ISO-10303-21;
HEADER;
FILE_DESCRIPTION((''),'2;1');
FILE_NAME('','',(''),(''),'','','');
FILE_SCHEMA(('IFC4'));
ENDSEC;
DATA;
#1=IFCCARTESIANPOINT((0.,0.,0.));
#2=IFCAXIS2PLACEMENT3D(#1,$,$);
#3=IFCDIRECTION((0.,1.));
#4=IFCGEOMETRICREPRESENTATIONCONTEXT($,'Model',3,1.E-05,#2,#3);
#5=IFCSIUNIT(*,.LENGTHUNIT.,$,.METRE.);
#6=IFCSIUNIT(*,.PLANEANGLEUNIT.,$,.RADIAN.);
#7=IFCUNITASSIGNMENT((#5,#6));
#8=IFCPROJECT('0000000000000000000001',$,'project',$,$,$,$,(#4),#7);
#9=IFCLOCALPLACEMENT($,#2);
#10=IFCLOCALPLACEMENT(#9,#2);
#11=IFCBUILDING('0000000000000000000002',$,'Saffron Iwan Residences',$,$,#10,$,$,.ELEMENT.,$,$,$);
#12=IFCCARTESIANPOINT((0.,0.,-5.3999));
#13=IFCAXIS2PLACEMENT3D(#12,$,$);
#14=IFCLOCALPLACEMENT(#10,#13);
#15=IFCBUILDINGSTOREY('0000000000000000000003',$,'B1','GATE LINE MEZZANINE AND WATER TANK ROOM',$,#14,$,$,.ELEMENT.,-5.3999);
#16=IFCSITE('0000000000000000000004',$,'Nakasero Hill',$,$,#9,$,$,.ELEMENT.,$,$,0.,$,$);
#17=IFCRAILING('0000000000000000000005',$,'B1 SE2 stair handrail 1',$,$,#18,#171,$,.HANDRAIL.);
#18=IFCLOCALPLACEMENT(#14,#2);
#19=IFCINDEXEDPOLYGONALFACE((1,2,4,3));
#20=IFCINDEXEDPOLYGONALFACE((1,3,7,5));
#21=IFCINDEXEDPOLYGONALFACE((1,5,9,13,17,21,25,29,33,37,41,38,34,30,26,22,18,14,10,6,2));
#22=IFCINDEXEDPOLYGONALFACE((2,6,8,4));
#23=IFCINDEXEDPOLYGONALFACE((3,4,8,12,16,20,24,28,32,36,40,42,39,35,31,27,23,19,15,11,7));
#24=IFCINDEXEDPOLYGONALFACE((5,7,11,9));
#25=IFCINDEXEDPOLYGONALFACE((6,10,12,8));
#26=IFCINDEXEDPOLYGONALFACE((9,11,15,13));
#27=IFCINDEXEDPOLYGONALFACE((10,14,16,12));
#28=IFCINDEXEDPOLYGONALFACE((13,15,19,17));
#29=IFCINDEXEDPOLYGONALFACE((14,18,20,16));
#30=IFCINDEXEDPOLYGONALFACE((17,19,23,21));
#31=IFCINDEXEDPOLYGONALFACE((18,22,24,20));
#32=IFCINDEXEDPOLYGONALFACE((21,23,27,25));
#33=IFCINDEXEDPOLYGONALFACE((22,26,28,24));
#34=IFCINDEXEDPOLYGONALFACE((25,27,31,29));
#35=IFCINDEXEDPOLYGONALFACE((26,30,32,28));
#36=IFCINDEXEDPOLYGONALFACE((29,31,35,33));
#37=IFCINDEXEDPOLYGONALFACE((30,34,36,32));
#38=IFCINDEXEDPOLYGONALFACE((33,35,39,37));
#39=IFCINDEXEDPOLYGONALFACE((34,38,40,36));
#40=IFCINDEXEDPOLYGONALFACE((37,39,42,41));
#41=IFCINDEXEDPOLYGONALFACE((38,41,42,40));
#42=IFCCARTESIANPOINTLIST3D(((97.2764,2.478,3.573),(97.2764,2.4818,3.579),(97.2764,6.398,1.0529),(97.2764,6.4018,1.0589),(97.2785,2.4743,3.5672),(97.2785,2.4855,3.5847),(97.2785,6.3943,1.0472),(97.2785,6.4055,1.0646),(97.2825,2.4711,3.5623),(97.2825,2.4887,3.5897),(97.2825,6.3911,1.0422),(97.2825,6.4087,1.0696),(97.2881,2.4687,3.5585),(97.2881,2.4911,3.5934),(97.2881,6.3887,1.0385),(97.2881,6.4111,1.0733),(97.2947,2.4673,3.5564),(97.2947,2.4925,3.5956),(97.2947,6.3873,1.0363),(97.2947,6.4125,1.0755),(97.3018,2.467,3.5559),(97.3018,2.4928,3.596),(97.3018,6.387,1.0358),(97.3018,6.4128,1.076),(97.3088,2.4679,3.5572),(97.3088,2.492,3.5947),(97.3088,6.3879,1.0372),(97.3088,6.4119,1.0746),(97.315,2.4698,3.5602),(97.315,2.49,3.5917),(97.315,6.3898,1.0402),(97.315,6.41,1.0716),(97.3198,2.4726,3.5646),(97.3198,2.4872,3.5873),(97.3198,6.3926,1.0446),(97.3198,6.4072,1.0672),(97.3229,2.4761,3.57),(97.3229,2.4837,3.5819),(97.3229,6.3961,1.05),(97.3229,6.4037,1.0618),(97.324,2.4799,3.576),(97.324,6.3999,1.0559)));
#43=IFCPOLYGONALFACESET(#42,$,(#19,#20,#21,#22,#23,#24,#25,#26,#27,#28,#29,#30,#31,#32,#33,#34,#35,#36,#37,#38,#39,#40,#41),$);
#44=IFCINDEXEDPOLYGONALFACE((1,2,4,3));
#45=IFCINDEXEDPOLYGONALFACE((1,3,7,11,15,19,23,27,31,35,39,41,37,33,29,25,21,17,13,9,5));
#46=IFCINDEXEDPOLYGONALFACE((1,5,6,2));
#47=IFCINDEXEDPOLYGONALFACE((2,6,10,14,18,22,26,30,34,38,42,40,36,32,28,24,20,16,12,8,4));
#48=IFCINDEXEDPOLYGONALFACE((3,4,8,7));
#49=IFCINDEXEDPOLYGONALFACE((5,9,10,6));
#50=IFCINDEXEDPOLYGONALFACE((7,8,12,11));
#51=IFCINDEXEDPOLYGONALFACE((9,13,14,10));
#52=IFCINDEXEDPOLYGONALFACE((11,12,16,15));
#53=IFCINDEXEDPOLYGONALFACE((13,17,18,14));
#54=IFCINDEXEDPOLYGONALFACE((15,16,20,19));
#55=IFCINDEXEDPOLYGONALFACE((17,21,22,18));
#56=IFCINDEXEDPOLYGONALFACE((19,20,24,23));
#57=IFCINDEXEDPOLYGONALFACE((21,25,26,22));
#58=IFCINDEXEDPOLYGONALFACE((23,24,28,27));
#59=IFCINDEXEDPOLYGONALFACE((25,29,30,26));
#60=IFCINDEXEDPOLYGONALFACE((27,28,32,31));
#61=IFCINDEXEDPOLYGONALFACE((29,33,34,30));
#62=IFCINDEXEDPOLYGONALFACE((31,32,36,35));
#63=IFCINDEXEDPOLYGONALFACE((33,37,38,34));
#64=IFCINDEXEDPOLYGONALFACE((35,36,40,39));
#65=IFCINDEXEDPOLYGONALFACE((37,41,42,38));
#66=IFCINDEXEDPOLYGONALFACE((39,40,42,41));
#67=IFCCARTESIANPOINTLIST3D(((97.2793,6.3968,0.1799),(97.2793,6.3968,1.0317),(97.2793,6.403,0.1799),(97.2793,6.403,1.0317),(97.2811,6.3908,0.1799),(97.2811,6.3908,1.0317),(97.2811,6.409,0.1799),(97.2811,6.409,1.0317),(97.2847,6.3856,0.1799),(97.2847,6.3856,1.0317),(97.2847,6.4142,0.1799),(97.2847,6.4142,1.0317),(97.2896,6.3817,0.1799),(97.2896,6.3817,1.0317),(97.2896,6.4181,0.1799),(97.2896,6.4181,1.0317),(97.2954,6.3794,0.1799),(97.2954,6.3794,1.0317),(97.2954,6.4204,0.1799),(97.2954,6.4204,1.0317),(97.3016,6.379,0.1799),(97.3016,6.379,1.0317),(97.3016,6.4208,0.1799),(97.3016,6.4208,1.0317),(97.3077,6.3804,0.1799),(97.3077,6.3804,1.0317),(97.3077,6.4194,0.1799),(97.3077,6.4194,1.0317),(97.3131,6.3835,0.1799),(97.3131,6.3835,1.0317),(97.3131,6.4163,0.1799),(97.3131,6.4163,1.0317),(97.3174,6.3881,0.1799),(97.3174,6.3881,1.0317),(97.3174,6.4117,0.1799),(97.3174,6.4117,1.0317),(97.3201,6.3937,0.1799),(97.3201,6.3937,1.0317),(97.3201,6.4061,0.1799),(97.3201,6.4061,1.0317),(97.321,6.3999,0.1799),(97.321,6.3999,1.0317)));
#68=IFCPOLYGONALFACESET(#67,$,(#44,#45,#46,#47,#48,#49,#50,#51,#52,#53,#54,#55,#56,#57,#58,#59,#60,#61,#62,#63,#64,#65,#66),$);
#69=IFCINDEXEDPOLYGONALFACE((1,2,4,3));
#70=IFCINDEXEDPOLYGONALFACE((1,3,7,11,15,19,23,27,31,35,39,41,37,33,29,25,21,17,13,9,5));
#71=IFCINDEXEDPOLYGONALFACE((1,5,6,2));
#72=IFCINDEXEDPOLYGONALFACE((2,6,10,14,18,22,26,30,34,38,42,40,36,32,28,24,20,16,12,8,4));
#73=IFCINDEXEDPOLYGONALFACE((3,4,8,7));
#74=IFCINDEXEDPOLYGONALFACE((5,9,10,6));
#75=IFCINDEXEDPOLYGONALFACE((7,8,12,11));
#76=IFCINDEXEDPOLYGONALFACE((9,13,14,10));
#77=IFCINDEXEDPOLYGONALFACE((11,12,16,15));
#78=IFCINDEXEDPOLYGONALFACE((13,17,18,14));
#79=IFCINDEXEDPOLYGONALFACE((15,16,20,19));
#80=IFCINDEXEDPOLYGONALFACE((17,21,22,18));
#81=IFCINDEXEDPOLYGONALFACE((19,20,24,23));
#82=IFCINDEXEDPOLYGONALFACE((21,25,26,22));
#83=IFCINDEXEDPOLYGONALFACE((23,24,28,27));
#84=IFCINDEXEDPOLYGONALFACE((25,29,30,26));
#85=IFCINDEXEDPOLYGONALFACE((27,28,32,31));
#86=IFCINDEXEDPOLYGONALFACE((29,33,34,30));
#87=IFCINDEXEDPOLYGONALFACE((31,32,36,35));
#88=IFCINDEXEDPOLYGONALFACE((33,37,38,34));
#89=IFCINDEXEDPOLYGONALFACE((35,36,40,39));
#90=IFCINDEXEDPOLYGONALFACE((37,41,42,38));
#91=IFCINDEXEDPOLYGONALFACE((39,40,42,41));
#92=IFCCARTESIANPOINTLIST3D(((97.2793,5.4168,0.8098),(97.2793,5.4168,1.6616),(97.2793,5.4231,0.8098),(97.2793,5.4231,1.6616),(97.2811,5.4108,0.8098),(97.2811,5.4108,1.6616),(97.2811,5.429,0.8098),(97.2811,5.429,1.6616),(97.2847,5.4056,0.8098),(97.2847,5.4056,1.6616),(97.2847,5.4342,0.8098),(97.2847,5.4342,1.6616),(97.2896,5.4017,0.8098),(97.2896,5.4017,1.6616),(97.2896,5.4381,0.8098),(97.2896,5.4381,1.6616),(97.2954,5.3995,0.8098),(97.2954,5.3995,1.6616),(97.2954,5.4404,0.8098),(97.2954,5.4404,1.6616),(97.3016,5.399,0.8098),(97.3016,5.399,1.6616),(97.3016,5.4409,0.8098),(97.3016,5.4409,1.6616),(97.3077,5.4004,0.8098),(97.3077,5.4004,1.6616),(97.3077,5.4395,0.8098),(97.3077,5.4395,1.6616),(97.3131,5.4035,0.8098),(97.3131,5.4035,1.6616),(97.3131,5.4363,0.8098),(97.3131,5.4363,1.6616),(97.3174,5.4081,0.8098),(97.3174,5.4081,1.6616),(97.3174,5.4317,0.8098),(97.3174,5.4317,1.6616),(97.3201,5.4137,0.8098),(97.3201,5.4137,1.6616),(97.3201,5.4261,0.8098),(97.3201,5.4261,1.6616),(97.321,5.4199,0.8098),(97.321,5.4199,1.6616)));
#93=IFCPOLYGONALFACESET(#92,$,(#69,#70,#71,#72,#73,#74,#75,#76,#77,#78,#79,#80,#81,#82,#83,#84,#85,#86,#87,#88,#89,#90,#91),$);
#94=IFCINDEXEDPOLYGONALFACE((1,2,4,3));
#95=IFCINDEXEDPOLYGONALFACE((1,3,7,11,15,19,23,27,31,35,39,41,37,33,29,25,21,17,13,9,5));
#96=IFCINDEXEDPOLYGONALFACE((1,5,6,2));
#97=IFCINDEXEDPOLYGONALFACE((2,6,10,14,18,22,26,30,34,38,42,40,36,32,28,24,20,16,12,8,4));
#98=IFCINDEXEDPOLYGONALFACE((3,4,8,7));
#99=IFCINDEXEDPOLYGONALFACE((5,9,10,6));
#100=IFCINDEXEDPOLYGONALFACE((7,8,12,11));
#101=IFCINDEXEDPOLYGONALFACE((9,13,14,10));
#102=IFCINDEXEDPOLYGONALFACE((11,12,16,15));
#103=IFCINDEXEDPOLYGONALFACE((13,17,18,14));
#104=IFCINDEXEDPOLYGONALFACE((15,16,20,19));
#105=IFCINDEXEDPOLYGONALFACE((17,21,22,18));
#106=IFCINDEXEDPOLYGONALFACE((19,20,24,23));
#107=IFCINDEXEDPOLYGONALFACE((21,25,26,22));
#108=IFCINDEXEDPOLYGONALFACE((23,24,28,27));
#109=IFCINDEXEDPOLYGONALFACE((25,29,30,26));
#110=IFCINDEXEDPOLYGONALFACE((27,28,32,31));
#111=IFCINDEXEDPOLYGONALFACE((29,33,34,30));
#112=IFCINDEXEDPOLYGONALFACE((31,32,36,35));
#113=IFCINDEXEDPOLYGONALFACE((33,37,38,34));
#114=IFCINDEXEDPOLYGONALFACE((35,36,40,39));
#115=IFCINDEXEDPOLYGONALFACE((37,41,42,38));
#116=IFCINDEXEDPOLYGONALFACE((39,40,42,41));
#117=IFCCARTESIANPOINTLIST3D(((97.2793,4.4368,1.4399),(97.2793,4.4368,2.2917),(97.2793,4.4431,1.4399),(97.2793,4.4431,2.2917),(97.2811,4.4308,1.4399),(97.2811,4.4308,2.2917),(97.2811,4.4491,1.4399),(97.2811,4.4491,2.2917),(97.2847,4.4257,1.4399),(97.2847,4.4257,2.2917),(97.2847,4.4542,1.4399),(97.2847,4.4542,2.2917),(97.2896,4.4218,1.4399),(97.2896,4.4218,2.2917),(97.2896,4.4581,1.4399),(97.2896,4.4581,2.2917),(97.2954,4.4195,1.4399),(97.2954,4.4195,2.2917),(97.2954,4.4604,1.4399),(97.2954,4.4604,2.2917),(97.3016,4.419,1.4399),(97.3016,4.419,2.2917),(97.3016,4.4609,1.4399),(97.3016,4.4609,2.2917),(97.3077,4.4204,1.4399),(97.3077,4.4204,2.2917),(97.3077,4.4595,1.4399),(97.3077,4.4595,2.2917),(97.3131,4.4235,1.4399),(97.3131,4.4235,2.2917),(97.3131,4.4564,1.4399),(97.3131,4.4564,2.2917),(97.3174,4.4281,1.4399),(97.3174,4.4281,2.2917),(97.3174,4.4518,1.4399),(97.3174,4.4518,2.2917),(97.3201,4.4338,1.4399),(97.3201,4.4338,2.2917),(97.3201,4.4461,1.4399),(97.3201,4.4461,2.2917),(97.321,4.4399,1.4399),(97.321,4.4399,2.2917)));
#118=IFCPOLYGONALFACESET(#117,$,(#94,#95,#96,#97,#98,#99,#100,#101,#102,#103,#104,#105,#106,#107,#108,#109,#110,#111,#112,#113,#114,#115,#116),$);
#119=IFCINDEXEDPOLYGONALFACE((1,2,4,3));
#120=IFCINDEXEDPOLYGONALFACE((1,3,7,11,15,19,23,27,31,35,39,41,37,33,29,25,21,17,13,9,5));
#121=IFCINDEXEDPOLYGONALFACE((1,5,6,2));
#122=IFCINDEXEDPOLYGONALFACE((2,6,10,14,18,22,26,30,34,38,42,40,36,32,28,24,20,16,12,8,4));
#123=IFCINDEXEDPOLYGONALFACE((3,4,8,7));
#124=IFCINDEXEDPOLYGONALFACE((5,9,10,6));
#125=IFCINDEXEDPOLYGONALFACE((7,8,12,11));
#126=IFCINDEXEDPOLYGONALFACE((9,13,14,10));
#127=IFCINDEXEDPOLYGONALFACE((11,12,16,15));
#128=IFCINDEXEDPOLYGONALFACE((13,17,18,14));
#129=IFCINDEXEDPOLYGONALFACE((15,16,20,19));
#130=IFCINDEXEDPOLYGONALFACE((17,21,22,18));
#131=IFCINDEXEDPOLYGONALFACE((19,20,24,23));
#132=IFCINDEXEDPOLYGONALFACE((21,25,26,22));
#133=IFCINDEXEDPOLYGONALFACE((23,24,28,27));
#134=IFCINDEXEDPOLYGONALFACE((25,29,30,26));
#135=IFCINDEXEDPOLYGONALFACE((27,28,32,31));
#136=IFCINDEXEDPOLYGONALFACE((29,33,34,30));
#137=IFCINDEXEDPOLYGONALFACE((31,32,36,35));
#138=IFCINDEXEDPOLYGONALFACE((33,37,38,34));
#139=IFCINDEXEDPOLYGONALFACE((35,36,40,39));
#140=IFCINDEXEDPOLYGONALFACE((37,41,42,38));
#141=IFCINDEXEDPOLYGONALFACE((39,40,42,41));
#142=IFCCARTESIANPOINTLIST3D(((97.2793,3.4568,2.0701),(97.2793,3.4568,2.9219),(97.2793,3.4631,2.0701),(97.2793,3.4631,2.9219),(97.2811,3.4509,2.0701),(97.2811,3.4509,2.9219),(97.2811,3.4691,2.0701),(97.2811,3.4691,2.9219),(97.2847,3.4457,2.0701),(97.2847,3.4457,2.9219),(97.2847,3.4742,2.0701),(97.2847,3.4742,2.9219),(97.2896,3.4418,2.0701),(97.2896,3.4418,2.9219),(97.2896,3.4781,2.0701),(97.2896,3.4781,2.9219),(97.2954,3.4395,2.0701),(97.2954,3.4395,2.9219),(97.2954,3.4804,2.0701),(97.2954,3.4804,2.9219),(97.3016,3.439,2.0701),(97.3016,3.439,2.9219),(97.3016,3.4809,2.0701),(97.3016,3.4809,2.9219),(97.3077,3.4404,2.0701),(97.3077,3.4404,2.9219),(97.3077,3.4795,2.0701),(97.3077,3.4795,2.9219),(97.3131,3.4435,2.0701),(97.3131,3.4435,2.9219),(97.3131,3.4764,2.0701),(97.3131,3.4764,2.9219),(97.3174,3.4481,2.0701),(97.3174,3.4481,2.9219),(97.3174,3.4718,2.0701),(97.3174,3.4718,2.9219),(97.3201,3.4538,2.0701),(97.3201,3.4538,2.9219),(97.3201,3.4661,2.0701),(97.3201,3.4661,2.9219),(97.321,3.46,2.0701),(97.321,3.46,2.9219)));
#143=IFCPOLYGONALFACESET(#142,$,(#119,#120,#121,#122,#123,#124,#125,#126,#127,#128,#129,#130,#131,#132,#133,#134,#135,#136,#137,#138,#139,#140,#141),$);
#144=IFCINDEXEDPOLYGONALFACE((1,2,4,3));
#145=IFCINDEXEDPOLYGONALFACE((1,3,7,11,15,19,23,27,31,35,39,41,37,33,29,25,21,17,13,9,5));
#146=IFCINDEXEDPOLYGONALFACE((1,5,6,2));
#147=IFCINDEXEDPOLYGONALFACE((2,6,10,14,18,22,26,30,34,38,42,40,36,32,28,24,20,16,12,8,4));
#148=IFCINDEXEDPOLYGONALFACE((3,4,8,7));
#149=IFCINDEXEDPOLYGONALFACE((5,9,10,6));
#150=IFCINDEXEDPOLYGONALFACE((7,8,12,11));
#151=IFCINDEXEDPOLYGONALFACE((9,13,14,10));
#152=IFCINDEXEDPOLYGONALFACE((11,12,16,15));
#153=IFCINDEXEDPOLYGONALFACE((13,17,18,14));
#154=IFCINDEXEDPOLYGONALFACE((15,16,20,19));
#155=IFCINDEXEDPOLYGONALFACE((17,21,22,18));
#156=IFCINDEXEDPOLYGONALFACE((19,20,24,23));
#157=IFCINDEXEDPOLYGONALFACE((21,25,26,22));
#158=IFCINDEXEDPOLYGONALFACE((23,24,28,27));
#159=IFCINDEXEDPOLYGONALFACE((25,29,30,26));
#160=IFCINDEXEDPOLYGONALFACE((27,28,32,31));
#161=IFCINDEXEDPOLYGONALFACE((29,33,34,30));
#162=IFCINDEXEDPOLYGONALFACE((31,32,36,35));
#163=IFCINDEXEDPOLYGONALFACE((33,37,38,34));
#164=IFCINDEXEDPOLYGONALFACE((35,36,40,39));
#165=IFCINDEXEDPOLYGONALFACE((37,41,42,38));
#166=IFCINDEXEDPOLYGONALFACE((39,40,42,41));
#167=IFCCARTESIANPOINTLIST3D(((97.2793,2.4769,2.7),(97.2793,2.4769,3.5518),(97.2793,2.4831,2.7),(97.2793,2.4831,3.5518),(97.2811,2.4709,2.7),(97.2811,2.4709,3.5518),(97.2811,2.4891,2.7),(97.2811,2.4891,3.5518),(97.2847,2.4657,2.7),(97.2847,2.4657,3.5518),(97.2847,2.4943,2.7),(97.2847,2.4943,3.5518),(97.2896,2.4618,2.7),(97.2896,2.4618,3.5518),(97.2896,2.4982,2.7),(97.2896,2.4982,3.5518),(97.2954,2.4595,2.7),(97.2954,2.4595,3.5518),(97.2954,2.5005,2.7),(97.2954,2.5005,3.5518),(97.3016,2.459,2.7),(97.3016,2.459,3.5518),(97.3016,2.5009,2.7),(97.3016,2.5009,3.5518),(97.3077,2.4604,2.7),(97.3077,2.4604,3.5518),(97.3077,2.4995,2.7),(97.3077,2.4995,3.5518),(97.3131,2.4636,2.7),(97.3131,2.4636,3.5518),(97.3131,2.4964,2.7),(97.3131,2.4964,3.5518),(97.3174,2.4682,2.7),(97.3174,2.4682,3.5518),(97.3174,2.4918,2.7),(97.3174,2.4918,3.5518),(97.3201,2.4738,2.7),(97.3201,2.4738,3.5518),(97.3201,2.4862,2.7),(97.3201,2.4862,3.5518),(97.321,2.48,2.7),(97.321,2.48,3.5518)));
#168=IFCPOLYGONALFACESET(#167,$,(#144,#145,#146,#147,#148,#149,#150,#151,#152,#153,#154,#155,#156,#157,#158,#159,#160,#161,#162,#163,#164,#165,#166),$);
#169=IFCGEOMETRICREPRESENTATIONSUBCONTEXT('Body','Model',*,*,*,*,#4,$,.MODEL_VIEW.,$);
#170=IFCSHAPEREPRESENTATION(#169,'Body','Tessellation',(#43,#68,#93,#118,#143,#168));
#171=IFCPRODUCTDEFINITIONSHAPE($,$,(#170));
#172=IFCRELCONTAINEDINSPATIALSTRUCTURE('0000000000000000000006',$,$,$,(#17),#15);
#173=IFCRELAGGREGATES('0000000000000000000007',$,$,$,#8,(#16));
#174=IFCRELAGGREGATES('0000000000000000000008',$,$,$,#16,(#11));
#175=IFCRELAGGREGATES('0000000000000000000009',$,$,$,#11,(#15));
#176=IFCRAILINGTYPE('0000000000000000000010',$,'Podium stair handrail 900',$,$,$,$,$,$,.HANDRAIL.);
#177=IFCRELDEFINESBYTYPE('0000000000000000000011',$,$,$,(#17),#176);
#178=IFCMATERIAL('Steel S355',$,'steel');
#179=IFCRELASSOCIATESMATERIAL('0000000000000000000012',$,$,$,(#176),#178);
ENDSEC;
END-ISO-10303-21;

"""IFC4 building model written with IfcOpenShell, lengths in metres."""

from ifc_helpers import new_model, si_unit, direction, frame, origin, origin_2d, place, context, subcontext, project, spatial, circle, extrude, material, type_object, element, save


model = new_model("IFC4")

# Units and contexts
model_context = context("Model", 3, precision=1e-05, world=origin(), true_north=direction((0.0, 1.0)))
body_context = subcontext(model_context, "Body", "Model", "MODEL_VIEW")
ifc_project = project(units=[si_unit("LENGTHUNIT", "METRE"), si_unit("PLANEANGLEUNIT", "RADIAN")], contexts=[model_context])

# Site, building, storey
site_placement = place(None, origin())
site = spatial("IfcSite", under=ifc_project, at=site_placement, Name="Nakasero Hill", CompositionType="ELEMENT", RefElevation=0.0)
building_placement = place(site_placement, origin())
building = spatial("IfcBuilding", under=site, at=building_placement, Name="Saffron Iwan Residences", CompositionType="ELEMENT")
storey_placement = place(building_placement, frame((0.0, 0.0, -5.3999)))
storey = spatial("IfcBuildingStorey", under=building, at=storey_placement, Name="B1", Description="GATE LINE MEZZANINE AND WATER TANK ROOM", CompositionType="ELEMENT", Elevation=-5.3999)

# Railing
ifc_material_1 = material(Name="Steel S355", Category="steel")
railing_type_1 = type_object("IfcRailingType", Name="Podium stair handrail 900", PredefinedType="HANDRAIL", material=ifc_material_1)
railing_1_placement = place(storey_placement, frame((97.3, 6.3999, 0.1799)))
element("IfcRailing", 1, at=railing_1_placement, inside=storey, type_object=railing_type_1, Name="B1 SE2 stair handrail 1", PredefinedType="HANDRAIL", context=body_context, shape_type="SweptSolid", body=[
    extrude(circle(Radius=0.0239, at=origin_2d()), frame((0.0, 0.0, 0.876), z_axis=(0.0, -0.841172, 0.540768), x_axis=(1.0, 0.0, 0.0)), (0.0, 0.0, 1.0), 4.6602),
    extrude(circle(Radius=0.021, at=origin_2d()), origin(), (0.0, 0.0, 1.0), 0.8518),
    extrude(circle(Radius=0.021, at=origin_2d()), frame((0.0, -0.98, 0.6299)), (0.0, 0.0, 1.0), 0.8518),
    extrude(circle(Radius=0.021, at=origin_2d()), frame((0.0, -1.96, 1.26)), (0.0, 0.0, 1.0), 0.8518),
    extrude(circle(Radius=0.021, at=origin_2d()), frame((0.0, -2.9399, 1.8901)), (0.0, 0.0, 1.0), 0.8518),
    extrude(circle(Radius=0.021, at=origin_2d()), frame((0.0, -3.9199, 2.52)), (0.0, 0.0, 1.0), 0.8518),
])

save(model, "model.ifc")
